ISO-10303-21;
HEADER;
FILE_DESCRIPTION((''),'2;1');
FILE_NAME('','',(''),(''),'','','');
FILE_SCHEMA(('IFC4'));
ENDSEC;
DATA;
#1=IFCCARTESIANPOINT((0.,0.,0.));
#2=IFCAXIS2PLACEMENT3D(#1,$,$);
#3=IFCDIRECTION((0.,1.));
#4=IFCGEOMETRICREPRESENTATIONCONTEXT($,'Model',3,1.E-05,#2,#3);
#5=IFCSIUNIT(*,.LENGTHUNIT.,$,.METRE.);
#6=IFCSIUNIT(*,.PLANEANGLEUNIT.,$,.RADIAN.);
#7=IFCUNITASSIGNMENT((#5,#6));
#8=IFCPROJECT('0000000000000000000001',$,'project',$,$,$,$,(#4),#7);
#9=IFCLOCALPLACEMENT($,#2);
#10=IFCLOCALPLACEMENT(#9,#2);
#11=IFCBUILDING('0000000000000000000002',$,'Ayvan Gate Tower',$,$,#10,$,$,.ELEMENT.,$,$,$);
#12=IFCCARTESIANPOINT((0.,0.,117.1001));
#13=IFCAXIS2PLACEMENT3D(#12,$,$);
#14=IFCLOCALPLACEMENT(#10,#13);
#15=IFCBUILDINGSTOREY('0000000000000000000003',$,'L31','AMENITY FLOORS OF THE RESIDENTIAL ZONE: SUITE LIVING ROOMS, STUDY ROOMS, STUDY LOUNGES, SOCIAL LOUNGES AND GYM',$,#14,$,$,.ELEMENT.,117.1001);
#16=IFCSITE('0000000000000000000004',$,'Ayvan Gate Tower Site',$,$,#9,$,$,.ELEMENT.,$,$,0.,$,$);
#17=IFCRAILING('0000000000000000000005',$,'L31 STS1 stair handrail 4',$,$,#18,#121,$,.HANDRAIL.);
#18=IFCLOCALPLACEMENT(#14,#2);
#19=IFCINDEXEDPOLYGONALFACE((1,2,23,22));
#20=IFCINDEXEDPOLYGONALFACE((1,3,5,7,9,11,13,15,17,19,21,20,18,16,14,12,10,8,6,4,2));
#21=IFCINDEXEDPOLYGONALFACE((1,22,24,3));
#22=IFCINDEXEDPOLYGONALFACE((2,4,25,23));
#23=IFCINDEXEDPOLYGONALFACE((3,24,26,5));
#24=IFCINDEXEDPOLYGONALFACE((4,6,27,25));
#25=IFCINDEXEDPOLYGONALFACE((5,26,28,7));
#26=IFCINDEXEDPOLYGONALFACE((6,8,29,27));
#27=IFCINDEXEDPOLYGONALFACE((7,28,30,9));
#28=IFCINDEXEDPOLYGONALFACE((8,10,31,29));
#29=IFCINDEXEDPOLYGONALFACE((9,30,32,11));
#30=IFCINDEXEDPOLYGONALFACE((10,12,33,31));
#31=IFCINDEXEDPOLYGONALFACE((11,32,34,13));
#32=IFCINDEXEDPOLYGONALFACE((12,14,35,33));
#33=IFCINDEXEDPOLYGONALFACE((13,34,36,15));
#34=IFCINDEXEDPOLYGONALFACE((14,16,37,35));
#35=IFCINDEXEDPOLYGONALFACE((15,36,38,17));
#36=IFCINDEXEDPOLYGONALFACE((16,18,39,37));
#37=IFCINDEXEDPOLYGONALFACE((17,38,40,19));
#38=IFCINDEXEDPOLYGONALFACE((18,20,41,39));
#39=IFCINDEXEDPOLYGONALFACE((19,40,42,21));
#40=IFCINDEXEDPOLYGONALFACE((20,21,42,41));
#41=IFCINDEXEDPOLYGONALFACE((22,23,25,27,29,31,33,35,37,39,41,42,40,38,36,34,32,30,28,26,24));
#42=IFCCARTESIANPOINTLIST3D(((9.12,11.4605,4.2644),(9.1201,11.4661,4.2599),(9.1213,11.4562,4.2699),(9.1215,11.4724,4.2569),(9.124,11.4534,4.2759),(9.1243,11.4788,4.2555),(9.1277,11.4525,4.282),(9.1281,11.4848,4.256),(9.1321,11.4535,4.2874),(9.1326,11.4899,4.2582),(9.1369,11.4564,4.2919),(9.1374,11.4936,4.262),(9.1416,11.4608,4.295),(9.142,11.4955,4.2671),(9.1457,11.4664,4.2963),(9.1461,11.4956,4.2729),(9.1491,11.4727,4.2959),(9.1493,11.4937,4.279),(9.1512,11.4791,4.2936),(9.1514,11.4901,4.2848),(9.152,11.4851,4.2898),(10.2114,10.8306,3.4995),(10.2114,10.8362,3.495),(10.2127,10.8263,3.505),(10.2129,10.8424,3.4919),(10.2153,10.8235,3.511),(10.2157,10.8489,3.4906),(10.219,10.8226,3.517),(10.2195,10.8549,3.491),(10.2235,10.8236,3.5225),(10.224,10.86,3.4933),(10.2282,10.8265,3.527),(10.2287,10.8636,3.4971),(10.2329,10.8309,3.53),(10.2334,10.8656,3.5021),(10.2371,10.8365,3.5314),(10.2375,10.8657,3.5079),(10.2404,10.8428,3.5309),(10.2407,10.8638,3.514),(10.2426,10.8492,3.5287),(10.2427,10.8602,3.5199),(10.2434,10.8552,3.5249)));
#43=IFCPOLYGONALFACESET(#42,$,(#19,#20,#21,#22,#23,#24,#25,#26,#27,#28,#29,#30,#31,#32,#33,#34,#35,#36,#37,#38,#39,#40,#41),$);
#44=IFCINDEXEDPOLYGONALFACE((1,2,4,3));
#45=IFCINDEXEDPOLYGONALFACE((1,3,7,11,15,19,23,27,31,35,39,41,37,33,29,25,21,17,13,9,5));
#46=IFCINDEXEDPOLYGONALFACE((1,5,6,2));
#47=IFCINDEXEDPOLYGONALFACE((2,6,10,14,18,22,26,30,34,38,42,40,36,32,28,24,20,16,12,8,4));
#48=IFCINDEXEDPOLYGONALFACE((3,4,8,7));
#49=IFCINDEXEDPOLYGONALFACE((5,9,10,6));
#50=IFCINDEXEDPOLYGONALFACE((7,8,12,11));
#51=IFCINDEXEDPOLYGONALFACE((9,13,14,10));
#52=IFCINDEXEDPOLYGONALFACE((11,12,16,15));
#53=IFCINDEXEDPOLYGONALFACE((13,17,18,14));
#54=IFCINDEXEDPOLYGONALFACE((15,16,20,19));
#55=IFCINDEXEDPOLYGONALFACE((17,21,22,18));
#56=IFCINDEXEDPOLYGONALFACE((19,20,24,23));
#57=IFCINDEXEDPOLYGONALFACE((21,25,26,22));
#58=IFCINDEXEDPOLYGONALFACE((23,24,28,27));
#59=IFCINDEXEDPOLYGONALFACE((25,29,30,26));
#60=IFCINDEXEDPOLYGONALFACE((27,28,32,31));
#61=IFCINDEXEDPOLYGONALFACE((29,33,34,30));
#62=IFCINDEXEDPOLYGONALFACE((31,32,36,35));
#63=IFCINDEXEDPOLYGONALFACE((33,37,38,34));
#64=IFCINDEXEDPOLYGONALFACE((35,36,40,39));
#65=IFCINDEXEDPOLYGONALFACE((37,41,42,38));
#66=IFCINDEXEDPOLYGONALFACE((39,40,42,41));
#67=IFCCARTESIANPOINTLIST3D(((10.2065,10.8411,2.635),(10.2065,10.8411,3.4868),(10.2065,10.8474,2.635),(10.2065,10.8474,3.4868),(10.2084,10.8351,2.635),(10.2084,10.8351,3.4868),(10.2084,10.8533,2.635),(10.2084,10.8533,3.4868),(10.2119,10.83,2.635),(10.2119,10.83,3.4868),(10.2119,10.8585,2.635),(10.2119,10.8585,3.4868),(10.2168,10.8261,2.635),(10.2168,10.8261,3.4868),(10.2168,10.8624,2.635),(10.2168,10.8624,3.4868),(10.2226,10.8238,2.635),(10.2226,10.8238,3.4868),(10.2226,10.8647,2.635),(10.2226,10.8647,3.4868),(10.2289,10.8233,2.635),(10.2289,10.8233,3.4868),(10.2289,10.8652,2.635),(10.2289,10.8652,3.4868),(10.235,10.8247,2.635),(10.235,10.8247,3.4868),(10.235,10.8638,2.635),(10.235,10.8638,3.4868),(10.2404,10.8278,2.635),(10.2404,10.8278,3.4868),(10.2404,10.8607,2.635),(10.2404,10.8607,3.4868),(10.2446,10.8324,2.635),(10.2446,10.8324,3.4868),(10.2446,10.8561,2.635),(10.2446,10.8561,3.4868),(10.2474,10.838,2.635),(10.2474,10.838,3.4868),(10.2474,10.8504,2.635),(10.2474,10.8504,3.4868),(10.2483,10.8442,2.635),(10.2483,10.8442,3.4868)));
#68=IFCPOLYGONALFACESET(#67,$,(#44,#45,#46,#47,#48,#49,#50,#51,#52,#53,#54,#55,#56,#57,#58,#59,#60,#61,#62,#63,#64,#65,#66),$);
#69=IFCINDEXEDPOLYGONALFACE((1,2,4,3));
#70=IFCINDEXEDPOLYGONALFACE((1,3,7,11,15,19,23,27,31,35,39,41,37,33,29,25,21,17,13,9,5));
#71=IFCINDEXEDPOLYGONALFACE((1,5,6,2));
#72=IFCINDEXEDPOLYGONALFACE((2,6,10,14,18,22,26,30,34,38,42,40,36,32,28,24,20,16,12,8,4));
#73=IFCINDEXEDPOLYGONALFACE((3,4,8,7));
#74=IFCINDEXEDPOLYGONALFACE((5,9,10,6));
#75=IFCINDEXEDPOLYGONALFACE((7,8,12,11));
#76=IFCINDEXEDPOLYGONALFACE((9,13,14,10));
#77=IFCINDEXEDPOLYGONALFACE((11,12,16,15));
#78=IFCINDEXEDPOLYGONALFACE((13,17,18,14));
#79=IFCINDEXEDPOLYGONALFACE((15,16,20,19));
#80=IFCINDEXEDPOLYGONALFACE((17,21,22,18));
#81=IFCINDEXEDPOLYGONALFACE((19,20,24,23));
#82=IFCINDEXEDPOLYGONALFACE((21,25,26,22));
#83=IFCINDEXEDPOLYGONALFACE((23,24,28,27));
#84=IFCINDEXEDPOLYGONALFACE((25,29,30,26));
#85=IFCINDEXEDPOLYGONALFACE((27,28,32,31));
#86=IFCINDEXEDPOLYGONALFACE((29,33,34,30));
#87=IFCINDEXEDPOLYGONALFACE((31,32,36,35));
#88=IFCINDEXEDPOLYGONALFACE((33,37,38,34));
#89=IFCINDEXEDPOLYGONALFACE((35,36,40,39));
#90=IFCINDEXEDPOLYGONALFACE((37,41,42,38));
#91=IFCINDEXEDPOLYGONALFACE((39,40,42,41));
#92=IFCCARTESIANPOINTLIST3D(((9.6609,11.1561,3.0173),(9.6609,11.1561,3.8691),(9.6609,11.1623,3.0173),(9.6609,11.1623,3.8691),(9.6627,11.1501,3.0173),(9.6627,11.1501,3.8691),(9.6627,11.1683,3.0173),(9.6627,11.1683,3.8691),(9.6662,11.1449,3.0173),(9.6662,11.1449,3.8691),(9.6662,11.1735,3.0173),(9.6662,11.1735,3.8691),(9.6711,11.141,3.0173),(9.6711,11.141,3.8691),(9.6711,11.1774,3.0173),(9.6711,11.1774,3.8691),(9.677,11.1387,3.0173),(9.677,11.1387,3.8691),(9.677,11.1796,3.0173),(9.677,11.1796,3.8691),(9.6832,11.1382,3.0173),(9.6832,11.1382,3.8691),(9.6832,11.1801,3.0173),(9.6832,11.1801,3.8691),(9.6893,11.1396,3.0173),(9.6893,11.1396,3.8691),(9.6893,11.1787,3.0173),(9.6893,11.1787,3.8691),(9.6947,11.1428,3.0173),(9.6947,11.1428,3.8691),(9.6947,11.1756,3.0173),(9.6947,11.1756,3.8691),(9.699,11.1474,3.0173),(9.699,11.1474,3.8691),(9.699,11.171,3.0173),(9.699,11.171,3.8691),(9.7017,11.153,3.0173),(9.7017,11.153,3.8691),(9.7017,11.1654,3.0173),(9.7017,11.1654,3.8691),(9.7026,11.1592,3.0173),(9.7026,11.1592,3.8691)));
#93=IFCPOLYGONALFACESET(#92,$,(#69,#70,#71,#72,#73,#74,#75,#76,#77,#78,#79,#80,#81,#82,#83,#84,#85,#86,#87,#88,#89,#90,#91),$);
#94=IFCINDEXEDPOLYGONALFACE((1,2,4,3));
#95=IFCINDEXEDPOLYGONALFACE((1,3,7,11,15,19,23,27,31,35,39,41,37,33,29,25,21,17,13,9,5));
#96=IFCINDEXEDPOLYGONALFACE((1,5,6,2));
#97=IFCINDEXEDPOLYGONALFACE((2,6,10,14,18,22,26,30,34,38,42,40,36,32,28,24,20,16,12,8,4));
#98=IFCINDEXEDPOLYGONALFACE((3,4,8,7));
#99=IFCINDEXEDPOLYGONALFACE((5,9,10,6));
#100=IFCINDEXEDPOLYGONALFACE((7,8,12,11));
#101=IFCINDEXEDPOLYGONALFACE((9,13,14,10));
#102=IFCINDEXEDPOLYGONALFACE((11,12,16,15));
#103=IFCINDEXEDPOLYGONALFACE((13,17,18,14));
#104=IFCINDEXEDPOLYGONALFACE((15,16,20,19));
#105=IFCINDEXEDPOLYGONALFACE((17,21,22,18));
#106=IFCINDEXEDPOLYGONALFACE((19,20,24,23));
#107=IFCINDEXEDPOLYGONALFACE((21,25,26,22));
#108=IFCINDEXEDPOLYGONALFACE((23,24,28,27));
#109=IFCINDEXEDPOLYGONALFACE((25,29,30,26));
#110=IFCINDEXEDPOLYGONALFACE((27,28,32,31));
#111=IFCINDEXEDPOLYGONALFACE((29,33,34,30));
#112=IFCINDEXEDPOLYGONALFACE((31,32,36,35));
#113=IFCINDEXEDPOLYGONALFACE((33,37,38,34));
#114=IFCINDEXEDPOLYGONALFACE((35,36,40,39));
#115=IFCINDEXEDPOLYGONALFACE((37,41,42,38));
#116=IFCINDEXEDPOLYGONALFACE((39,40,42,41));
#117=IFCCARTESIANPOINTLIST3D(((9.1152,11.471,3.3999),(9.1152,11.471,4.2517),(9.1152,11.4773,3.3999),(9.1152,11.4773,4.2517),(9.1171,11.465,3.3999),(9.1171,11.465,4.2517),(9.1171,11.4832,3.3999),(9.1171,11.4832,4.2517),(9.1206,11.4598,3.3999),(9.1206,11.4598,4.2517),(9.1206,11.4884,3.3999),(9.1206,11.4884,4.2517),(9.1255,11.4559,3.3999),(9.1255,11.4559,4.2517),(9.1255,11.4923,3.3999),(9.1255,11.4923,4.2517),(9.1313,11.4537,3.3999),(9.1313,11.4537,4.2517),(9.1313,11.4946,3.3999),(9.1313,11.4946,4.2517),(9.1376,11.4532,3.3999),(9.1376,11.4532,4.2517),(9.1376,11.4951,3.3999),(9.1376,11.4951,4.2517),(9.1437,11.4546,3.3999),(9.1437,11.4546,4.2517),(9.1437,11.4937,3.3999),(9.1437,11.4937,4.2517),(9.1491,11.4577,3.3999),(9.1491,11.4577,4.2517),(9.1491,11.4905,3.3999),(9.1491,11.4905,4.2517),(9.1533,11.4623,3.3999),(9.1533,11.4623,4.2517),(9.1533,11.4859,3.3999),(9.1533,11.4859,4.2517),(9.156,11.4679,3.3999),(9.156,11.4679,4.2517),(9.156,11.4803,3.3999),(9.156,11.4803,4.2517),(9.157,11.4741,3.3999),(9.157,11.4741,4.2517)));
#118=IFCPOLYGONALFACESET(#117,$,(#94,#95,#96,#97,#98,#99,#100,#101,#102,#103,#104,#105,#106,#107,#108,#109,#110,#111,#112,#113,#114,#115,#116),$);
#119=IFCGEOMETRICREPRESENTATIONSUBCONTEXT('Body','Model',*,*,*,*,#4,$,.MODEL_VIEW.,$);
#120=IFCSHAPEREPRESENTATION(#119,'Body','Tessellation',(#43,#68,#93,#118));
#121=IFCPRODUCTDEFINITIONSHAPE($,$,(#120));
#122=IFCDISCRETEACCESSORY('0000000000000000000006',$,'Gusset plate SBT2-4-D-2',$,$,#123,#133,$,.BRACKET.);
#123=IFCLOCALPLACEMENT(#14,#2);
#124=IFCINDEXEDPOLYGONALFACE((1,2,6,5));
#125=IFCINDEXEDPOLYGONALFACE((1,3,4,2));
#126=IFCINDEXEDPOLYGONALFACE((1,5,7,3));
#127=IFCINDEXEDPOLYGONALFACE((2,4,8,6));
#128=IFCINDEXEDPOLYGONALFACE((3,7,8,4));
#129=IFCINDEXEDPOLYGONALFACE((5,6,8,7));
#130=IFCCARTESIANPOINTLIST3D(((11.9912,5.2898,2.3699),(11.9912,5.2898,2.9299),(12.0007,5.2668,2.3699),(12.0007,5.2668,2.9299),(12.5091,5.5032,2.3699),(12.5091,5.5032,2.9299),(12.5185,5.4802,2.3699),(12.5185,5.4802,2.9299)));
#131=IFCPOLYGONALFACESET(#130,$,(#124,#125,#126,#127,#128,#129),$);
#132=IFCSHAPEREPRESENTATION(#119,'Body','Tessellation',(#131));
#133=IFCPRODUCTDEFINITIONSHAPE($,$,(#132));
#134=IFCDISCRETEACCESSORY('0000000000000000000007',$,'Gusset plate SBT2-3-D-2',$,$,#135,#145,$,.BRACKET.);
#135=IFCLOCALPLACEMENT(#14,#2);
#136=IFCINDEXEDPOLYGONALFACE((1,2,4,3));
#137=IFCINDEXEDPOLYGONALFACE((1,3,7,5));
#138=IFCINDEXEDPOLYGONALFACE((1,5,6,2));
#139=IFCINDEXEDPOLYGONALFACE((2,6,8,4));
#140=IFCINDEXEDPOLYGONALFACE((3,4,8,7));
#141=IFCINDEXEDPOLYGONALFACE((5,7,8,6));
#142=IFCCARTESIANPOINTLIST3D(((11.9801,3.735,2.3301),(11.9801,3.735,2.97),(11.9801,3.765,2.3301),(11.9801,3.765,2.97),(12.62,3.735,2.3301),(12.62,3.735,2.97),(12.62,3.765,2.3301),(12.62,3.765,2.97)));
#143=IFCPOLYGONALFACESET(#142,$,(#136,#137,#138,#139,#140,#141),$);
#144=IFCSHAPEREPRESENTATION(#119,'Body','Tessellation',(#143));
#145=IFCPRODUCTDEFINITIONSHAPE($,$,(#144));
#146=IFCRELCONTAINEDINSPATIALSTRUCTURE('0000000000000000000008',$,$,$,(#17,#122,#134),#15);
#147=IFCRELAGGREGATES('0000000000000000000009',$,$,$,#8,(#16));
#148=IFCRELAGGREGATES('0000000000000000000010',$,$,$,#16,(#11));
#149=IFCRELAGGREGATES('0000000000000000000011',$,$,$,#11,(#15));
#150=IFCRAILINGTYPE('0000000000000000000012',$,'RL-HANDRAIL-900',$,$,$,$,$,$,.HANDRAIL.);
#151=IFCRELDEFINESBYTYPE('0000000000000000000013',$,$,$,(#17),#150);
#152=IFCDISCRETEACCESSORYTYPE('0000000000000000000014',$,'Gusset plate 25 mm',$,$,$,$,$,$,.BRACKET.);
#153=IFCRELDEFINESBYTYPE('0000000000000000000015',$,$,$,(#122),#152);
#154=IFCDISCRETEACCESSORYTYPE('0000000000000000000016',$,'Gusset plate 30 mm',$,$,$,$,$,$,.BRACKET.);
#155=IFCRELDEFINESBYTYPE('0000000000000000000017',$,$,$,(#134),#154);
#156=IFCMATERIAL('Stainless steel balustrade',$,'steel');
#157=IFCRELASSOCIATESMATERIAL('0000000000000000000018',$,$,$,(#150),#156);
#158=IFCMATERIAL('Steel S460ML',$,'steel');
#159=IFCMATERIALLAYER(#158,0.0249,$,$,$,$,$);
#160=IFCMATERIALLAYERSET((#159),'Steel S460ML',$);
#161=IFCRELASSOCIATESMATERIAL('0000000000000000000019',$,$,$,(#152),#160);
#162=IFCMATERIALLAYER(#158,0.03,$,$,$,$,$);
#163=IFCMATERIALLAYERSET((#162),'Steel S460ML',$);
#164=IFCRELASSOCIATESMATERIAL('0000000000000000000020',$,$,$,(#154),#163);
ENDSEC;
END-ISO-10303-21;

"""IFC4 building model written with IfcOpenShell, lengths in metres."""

from ifc_helpers import new_model, si_unit, direction, frame, origin, origin_2d, place, context, subcontext, project, spatial, rectangle, circle, extrude, material, layer, layer_set, type_object, element, save


model = new_model("IFC4")

# Units and contexts
model_context = context("Model", 3, precision=1e-05, world=origin(), true_north=direction((0.0, 1.0)))
body_context = subcontext(model_context, "Body", "Model", "MODEL_VIEW")
ifc_project = project(units=[si_unit("LENGTHUNIT", "METRE"), si_unit("PLANEANGLEUNIT", "RADIAN")], contexts=[model_context])

# Site, building, storey
site_placement = place(None, origin())
site = spatial("IfcSite", under=ifc_project, at=site_placement, Name="Ayvan Gate Tower Site", CompositionType="ELEMENT", RefElevation=0.0)
building_placement = place(site_placement, origin())
building = spatial("IfcBuilding", under=site, at=building_placement, Name="Ayvan Gate Tower", CompositionType="ELEMENT")
storey_placement = place(building_placement, frame((0.0, 0.0, 117.1001)))
storey = spatial("IfcBuildingStorey", under=building, at=storey_placement, Name="L31", Description="AMENITY FLOORS OF THE RESIDENTIAL ZONE: SUITE LIVING ROOMS, STUDY ROOMS, STUDY LOUNGES, SOCIAL LOUNGES AND GYM", CompositionType="ELEMENT", Elevation=117.1001)

# Railing
ifc_material_1 = material(Name="Stainless steel balustrade", Category="steel")
railing_type_1 = type_object("IfcRailingType", Name="RL-HANDRAIL-900", PredefinedType="HANDRAIL", material=ifc_material_1)
railing_1_placement = place(storey_placement, frame((10.2273, 10.8442, 2.635)))
element("IfcRailing", 1, at=railing_1_placement, inside=storey, type_object=railing_type_1, Name="L31 STS1 stair handrail 4", PredefinedType="HANDRAIL", context=body_context, shape_type="SweptSolid", body=[
    extrude(circle(Radius=0.0239, at=origin_2d()), frame((0.0, 0.0, 0.876), z_axis=(-0.740357, 0.42732, 0.518912), x_axis=(-0.49989, -0.866089, 0.0)), (0.0, 0.0, 1.0), 1.4741),
    extrude(circle(Radius=0.021, at=origin_2d()), origin(), (0.0, 0.0, 1.0), 0.8518),
    extrude(circle(Radius=0.021, at=origin_2d()), frame((-0.5457, 0.3149, 0.3823)), (0.0, 0.0, 1.0), 0.8518),
    extrude(circle(Radius=0.021, at=origin_2d()), frame((-1.0913, 0.6299, 0.7649)), (0.0, 0.0, 1.0), 0.8518),
])

# Discrete accessories
ifc_material_2 = material(Name="Steel S460ML", Category="steel")
ifc_layer_1 = layer(ifc_material_2, 0.0249)
ifc_layer_set_1 = layer_set([ifc_layer_1], Name="Steel S460ML")
discrete_accessory_type_1 = type_object("IfcDiscreteAccessoryType", Name="Gusset plate 25 mm", PredefinedType="BRACKET", material=ifc_layer_set_1)
discrete_accessory_1_placement = place(storey_placement, frame((12.2549, 5.385, 2.3699), z_axis=(0.0, 0.0, 1.0), x_axis=(0.924602, 0.380935, 0.0)))
element("IfcDiscreteAccessory", 2, at=discrete_accessory_1_placement, inside=storey, type_object=discrete_accessory_type_1, Name="Gusset plate SBT2-4-D-2", PredefinedType="BRACKET", context=body_context, shape_type="SweptSolid", body=[
    extrude(rectangle(XDim=0.5601, YDim=0.0249, at=origin_2d()), origin(), (0.0, 0.0, 1.0), 0.5601),
])
ifc_layer_2 = layer(ifc_material_2, 0.03)
ifc_layer_set_2 = layer_set([ifc_layer_2], Name="Steel S460ML")
discrete_accessory_type_2 = type_object("IfcDiscreteAccessoryType", Name="Gusset plate 30 mm", PredefinedType="BRACKET", material=ifc_layer_set_2)
discrete_accessory_2_placement = place(storey_placement, frame((12.3, 3.75, 2.3301), z_axis=(0.0, 0.0, 1.0), x_axis=(1.0, 0.0, 0.0)))
element("IfcDiscreteAccessory", 3, at=discrete_accessory_2_placement, inside=storey, type_object=discrete_accessory_type_2, Name="Gusset plate SBT2-3-D-2", PredefinedType="BRACKET", context=body_context, shape_type="SweptSolid", body=[
    extrude(rectangle(XDim=0.6399, YDim=0.03, at=origin_2d()), origin(), (0.0, 0.0, 1.0), 0.6399),
])

save(model, "model.ifc")
